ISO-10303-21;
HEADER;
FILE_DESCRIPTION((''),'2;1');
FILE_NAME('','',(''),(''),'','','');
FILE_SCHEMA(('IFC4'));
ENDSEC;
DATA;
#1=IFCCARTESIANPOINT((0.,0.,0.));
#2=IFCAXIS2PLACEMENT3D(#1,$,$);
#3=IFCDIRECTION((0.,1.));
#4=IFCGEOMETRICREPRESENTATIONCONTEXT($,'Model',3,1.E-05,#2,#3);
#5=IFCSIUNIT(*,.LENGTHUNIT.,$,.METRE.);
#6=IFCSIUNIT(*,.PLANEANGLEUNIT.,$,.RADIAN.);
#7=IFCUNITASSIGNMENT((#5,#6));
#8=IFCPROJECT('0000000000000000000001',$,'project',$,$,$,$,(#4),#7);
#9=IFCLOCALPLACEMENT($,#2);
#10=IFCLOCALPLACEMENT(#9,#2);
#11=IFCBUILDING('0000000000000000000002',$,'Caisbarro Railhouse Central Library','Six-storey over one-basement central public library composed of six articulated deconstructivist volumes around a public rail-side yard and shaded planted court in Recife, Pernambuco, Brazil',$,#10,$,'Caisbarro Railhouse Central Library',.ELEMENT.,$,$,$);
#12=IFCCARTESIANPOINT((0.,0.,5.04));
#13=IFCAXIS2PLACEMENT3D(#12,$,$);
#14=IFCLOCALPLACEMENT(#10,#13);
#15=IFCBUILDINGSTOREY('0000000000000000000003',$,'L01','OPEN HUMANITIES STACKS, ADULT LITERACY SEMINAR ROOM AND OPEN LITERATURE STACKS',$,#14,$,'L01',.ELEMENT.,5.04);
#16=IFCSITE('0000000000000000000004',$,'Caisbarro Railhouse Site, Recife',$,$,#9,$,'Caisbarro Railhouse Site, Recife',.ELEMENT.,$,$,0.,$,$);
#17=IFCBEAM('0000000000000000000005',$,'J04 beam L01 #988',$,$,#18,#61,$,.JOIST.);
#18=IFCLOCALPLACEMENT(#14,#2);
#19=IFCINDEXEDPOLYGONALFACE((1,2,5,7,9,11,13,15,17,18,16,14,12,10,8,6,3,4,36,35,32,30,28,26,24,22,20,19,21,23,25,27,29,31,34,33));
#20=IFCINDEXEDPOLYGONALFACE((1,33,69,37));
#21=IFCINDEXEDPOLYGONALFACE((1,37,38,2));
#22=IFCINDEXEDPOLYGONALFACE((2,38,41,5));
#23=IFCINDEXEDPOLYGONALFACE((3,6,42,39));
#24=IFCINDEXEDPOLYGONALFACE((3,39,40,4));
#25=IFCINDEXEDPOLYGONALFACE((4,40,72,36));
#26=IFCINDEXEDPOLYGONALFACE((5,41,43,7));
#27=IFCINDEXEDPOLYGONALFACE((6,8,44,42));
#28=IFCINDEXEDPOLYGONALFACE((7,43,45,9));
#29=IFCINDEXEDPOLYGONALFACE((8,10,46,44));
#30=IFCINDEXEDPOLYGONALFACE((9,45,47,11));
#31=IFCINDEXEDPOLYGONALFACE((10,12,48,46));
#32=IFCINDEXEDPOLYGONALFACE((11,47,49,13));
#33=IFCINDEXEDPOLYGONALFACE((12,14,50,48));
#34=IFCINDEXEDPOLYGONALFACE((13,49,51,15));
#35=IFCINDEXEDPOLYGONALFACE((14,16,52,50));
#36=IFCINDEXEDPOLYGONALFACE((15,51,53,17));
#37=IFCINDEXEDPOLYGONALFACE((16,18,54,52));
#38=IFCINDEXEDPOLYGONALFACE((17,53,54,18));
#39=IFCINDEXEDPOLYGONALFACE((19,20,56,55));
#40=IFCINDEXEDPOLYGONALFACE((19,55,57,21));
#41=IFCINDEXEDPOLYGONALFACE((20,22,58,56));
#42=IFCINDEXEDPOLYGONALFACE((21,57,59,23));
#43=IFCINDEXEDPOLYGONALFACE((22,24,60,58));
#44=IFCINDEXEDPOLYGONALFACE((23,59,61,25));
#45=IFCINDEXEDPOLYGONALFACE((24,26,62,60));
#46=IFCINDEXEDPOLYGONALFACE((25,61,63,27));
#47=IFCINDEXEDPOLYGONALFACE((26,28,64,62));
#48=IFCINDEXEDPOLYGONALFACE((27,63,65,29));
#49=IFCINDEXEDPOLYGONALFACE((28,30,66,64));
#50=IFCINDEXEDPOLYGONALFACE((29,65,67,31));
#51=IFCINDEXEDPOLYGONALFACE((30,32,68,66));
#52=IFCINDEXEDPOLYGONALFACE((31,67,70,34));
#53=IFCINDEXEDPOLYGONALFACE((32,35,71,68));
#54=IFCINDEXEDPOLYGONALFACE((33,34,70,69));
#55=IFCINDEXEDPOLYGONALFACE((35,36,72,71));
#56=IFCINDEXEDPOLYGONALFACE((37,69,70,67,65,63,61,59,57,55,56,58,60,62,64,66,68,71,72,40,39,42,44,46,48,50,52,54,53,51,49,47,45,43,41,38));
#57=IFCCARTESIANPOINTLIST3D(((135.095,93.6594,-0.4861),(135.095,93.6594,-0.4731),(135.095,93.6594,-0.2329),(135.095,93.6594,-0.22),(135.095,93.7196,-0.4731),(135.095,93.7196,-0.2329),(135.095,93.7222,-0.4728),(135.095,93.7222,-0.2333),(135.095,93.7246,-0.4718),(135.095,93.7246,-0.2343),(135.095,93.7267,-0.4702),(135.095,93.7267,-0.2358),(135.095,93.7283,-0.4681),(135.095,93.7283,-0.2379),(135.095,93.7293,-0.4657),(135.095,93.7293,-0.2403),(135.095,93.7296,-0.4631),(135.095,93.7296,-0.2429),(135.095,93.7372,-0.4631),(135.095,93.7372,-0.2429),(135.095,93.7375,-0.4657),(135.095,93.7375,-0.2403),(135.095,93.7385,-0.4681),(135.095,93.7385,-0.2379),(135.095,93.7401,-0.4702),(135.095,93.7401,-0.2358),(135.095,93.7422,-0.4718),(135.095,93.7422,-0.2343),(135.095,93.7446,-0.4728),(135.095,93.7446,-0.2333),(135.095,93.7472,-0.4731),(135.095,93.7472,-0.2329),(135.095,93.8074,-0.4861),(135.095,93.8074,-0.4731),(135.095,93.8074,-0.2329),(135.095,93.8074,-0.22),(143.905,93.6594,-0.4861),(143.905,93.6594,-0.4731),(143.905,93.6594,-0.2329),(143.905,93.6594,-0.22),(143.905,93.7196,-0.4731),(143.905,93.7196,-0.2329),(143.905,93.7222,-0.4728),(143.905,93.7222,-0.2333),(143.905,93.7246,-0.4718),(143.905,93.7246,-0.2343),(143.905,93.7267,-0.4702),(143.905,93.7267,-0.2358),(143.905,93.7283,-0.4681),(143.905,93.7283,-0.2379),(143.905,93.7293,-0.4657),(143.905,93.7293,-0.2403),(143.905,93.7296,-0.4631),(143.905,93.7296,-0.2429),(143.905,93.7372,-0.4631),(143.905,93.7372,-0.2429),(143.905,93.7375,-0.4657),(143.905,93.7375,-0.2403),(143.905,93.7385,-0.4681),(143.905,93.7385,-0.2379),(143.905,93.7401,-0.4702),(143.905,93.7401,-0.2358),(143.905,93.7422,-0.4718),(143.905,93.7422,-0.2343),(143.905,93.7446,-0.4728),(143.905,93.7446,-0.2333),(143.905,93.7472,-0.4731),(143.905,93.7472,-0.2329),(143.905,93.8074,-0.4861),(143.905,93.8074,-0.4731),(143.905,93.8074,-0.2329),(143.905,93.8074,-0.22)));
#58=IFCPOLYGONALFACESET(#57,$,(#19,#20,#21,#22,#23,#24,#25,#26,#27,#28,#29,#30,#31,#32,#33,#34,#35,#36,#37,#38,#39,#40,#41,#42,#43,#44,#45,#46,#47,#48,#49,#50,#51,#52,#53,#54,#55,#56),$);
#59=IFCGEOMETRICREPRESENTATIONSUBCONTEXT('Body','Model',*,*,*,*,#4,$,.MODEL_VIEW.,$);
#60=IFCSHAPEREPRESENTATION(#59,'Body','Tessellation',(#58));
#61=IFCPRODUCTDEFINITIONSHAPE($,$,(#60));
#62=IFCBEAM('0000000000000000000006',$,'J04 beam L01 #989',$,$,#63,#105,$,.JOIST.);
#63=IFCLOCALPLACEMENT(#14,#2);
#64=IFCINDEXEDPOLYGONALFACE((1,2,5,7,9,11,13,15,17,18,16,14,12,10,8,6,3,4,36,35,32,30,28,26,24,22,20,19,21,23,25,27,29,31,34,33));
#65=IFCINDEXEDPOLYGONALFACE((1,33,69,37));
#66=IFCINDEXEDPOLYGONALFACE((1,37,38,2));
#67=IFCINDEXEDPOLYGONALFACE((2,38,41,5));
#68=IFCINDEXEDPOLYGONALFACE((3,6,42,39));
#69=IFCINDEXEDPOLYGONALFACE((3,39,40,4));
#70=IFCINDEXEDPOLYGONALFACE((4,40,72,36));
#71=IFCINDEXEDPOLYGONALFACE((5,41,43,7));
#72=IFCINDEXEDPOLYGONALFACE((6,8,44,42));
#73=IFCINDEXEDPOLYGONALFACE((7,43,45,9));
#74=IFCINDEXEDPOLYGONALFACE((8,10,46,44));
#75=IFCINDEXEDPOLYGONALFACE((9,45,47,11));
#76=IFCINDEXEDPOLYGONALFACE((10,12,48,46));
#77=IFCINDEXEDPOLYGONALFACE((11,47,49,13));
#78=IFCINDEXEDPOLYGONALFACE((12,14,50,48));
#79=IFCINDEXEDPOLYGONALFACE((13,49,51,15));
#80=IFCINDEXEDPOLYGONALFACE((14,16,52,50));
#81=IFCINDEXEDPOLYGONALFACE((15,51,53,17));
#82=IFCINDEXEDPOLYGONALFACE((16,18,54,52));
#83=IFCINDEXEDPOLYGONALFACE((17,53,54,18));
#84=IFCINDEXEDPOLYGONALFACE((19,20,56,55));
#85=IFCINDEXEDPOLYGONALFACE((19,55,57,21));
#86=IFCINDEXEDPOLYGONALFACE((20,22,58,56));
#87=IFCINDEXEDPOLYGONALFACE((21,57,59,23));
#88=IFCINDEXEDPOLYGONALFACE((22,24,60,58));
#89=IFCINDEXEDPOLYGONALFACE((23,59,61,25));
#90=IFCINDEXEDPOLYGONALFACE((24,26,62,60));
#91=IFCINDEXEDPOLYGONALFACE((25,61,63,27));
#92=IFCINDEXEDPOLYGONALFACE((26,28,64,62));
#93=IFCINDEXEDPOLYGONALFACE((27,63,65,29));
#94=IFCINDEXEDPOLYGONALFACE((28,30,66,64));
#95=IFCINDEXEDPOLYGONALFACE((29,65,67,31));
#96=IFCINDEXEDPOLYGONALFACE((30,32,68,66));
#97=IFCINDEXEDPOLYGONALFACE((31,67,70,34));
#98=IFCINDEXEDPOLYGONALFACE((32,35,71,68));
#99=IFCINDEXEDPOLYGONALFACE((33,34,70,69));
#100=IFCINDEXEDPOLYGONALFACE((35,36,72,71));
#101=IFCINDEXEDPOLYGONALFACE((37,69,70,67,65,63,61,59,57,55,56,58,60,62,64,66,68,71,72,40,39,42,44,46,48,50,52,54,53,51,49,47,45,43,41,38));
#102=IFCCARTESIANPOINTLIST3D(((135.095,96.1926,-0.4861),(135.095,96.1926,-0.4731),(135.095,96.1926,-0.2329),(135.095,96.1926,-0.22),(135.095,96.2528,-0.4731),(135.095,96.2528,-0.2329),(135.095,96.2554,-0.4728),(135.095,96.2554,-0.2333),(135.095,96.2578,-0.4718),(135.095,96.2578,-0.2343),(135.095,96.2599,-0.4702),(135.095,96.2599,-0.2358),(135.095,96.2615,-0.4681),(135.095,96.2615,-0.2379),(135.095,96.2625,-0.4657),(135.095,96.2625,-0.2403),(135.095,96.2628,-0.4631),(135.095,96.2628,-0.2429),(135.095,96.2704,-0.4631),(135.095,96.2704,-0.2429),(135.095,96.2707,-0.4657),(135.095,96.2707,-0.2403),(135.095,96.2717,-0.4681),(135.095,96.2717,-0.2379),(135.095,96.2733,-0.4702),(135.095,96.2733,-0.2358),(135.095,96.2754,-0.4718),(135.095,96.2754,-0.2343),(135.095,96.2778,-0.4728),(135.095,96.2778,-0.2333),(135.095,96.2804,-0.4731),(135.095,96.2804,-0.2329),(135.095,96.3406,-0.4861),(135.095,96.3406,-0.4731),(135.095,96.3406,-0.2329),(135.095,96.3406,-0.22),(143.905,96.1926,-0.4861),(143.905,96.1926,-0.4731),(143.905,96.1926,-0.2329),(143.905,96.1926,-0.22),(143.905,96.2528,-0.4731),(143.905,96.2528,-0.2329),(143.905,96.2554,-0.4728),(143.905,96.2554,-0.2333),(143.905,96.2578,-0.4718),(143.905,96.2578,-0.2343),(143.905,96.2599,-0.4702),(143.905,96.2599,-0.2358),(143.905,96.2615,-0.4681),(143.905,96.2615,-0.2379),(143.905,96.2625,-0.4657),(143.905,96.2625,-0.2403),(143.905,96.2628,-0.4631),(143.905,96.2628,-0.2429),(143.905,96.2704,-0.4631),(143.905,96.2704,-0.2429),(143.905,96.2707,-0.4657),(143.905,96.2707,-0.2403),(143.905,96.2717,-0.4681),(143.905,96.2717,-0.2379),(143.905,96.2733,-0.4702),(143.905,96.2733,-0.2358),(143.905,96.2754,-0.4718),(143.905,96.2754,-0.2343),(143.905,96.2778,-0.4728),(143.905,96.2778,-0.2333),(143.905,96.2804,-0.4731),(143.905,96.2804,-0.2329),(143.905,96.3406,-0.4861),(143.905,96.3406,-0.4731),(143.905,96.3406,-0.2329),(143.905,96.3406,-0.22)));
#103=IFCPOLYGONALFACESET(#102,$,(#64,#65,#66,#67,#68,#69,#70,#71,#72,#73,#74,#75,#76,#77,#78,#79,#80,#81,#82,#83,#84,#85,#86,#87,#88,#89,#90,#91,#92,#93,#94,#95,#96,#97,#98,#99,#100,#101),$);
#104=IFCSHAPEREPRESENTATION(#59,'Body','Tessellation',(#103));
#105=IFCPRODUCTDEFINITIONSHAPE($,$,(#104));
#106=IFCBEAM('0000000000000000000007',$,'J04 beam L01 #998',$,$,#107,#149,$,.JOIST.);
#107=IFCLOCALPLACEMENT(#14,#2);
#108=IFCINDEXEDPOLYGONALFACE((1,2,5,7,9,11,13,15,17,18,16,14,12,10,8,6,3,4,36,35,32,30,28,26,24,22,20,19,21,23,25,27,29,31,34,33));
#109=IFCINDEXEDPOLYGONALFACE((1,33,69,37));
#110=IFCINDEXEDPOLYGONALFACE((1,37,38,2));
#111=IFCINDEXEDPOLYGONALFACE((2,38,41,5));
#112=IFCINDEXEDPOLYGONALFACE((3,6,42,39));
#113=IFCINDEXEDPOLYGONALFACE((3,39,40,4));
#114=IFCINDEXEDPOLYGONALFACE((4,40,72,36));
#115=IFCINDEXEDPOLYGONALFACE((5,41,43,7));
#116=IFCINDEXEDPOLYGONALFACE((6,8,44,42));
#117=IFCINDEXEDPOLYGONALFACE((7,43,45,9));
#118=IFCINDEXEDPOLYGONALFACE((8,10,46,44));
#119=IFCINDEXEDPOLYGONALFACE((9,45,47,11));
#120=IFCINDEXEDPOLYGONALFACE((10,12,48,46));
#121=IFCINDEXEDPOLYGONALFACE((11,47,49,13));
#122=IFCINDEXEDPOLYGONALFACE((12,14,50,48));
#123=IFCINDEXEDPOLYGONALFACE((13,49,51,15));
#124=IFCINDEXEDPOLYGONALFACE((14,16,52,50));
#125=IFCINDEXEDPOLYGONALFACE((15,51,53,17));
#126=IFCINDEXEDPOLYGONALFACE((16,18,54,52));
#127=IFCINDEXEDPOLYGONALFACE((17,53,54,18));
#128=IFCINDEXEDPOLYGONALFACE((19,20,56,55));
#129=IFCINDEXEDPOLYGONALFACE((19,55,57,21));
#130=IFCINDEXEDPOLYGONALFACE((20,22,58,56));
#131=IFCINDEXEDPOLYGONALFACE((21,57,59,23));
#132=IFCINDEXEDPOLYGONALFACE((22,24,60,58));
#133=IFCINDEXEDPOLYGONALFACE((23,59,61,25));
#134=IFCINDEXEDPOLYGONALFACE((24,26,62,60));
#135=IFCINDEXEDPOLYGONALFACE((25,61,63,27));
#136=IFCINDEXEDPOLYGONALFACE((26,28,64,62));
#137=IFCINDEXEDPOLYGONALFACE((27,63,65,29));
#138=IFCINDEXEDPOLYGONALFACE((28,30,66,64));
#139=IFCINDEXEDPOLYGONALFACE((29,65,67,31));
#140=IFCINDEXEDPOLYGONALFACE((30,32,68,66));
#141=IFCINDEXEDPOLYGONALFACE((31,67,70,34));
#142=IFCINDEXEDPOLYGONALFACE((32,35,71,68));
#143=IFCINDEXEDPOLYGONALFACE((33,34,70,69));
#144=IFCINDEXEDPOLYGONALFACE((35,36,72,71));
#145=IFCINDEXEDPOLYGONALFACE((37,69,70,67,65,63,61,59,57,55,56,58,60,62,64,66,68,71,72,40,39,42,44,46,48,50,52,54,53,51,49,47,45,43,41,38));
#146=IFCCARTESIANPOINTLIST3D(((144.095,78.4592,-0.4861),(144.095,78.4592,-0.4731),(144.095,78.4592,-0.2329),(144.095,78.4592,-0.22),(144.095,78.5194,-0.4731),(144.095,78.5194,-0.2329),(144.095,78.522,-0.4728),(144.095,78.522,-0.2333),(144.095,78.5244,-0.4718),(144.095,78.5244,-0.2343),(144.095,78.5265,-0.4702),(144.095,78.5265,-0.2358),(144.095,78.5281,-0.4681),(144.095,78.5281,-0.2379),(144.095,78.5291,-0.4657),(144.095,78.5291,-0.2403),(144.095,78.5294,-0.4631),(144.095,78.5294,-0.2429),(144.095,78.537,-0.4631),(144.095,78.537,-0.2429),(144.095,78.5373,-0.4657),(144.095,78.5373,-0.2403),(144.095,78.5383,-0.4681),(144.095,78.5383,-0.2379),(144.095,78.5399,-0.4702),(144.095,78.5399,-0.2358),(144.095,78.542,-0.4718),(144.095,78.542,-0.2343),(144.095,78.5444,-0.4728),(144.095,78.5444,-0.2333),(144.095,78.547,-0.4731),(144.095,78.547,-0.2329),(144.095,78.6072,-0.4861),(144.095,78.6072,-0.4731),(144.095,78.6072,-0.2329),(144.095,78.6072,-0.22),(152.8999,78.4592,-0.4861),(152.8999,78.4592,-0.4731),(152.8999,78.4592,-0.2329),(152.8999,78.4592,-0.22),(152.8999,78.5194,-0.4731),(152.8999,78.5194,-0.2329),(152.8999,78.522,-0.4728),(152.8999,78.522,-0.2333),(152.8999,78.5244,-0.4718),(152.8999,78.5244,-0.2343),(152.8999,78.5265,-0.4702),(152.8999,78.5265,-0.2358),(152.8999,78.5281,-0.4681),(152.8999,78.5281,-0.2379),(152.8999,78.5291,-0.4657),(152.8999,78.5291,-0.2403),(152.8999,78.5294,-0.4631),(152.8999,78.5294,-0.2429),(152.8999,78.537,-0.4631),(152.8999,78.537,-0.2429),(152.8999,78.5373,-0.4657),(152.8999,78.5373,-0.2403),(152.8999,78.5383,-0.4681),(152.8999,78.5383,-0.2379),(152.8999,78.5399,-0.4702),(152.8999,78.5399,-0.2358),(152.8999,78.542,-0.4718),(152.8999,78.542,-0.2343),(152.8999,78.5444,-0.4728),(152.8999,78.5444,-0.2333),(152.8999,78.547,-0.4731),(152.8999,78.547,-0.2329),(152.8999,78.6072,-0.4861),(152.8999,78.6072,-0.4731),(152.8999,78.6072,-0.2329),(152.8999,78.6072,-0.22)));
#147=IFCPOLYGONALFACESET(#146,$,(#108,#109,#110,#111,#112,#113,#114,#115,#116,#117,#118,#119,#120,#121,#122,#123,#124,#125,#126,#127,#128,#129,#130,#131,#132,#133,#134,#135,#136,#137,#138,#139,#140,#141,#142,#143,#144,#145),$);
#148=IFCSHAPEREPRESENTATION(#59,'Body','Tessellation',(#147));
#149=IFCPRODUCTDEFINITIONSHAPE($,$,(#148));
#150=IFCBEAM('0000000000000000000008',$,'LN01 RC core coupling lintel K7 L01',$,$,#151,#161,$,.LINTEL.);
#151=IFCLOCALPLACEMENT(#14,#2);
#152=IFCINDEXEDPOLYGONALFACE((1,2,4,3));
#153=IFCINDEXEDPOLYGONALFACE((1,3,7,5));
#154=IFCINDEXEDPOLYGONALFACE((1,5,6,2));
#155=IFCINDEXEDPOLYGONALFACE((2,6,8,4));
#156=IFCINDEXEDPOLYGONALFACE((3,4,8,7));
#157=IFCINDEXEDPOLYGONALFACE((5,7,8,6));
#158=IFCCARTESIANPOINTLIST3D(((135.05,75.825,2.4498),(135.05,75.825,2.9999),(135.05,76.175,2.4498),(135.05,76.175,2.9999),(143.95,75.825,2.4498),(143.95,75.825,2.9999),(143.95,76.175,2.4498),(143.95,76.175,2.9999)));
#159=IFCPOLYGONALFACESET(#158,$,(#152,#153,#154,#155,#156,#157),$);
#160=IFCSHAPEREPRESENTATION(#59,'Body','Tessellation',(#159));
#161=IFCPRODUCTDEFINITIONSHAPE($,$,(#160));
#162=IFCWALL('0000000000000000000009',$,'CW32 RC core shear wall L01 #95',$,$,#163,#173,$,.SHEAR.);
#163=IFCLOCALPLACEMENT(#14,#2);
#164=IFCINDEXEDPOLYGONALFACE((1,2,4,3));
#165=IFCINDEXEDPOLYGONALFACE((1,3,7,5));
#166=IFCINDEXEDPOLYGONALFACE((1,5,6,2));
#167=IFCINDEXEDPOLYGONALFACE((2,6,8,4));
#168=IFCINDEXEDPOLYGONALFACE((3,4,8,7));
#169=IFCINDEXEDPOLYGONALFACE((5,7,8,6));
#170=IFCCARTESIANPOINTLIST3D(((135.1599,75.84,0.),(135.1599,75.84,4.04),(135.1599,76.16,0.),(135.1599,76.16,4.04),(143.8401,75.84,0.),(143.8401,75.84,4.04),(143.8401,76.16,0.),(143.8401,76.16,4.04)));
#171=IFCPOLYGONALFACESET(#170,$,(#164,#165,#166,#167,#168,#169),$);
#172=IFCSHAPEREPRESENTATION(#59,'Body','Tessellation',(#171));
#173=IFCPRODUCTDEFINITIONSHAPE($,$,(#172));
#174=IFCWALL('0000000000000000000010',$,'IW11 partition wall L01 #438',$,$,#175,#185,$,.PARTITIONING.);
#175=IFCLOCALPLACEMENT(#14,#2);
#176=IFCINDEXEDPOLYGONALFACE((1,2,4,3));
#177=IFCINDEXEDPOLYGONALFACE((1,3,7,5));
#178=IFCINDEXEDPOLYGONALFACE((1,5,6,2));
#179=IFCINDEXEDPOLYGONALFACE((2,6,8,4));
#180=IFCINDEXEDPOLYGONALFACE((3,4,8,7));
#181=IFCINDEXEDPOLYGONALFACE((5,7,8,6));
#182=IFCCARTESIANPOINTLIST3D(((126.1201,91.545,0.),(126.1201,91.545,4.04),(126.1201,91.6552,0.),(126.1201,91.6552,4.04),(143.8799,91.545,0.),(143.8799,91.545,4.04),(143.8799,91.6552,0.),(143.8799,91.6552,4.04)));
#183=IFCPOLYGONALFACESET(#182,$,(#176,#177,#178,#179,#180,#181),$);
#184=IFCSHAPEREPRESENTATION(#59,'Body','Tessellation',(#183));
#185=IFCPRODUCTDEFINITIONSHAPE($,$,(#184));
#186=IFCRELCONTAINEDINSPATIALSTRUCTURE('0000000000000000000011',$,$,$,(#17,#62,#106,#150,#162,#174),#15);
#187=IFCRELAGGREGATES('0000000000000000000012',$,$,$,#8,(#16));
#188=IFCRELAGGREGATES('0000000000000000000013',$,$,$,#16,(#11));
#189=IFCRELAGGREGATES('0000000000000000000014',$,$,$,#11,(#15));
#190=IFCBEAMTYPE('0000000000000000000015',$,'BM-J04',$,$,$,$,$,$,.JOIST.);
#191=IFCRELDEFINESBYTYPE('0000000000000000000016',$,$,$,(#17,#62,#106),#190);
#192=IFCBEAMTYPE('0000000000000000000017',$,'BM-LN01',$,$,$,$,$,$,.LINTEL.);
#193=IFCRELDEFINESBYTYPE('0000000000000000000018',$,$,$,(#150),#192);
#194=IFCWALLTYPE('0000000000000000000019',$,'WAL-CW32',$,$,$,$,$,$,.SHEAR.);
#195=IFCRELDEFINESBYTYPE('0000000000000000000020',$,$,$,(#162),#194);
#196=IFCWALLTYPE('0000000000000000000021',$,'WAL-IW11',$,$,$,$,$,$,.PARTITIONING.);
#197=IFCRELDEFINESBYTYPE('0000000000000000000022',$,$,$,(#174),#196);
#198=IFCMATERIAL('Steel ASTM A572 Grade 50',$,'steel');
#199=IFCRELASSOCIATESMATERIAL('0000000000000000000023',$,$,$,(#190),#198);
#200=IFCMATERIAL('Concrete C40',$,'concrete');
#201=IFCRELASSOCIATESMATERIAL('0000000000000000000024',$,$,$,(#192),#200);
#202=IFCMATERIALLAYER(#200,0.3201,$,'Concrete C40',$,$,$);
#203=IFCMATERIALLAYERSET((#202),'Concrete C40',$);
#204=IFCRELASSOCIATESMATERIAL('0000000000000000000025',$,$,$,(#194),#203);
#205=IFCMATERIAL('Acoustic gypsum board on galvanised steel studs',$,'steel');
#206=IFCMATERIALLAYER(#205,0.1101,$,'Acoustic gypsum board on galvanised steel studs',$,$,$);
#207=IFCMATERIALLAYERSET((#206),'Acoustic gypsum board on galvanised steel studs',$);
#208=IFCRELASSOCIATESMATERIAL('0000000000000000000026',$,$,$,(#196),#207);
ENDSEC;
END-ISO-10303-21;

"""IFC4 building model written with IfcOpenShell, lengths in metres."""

from ifc_helpers import new_model, si_unit, direction, frame, frame_2d, origin, origin_2d, place, context, subcontext, project, spatial, rectangle, i_section, extrude, material, layer, layer_set, material_profile, profile_set, type_object, element, save


model = new_model("IFC4")

# Units and contexts
model_context = context("Model", 3, precision=1e-05, world=origin(), true_north=direction((0.0, 1.0)))
body_context = subcontext(model_context, "Body", "Model", "MODEL_VIEW")
ifc_project = project(units=[si_unit("LENGTHUNIT", "METRE"), si_unit("PLANEANGLEUNIT", "RADIAN")], contexts=[model_context])

# Site, building, storey
site_placement = place(None, origin())
site = spatial("IfcSite", under=ifc_project, at=site_placement, Name="Caisbarro Railhouse Site, Recife", LongName="Caisbarro Railhouse Site, Recife", CompositionType="ELEMENT", RefElevation=0.0)
building_placement = place(site_placement, origin())
building = spatial("IfcBuilding", under=site, at=building_placement, Name="Caisbarro Railhouse Central Library", Description="Six-storey over one-basement central public library composed of six articulated deconstructivist volumes around a public rail-side yard and shaded planted court in Recife, Pernambuco, Brazil", LongName="Caisbarro Railhouse Central Library", CompositionType="ELEMENT")
storey_placement = place(building_placement, frame((0.0, 0.0, 5.04)))
storey = spatial("IfcBuildingStorey", under=building, at=storey_placement, Name="L01", Description="OPEN HUMANITIES STACKS, ADULT LITERACY SEMINAR ROOM AND OPEN LITERATURE STACKS", LongName="L01", CompositionType="ELEMENT", Elevation=5.04)

# Shared definitions
ifc_material_1 = material(Name="Steel ASTM A572 Grade 50", Category="steel")

# Beams
ifc_material_profile_1 = material_profile(ifc_material_1, i_section(OverallWidth=0.1479, OverallDepth=0.2661, WebThickness=0.0076, FlangeThickness=0.0129, FilletRadius=0.01, at=origin_2d()), Name="W250X44.8")
ifc_profile_set_1 = profile_set([ifc_material_profile_1], Name="Steel ASTM A572 Grade 50")
beam_type_1 = type_object("IfcBeamType", Name="BM-J04", PredefinedType="JOIST", material=ifc_profile_set_1)
for number, where, z_axis, x_axis, name in (
    (1, (135.095, 93.7334, -0.353), (1.0, 0.0, 0.0), (0.0, 1.0, 0.0), "J04 beam L01 #988"),
    (2, (135.095, 96.2666, -0.353), (1.0, 0.0, 0.0), (0.0, 1.0, 0.0), "J04 beam L01 #989"),
):
    element("IfcBeam", number, at=place(storey_placement, frame(where, z_axis=z_axis, x_axis=x_axis)), inside=storey, type_object=beam_type_1, Name=name, PredefinedType="JOIST", context=body_context, shape_type="SweptSolid", body=[
        extrude(i_section(OverallWidth=0.1479, OverallDepth=0.2661, WebThickness=0.0076, FlangeThickness=0.0129, FilletRadius=0.01, at=origin_2d()), origin(), (0.0, 0.0, 1.0), 8.8101),
    ])
beam_1_placement = place(storey_placement, frame((144.095, 78.5332, -0.353), z_axis=(1.0, 0.0, 0.0), x_axis=(0.0, 1.0, 0.0)))
element("IfcBeam", 3, at=beam_1_placement, inside=storey, type_object=beam_type_1, Name="J04 beam L01 #998", PredefinedType="JOIST", context=body_context, shape_type="SweptSolid", body=[
    extrude(i_section(OverallWidth=0.1479, OverallDepth=0.2661, WebThickness=0.0076, FlangeThickness=0.0129, FilletRadius=0.01, at=origin_2d()), origin(), (0.0, 0.0, 1.0), 8.8049),
])
ifc_material_2 = material(Name="Concrete C40", Category="concrete")
ifc_material_profile_2 = material_profile(ifc_material_2, rectangle(XDim=0.3501, YDim=0.55, at=origin_2d()), Name="RC-LIN-350X550")
ifc_profile_set_2 = profile_set([ifc_material_profile_2], Name="Concrete C40")
beam_type_2 = type_object("IfcBeamType", Name="BM-LN01", PredefinedType="LINTEL", material=ifc_profile_set_2)
beam_2_placement = place(storey_placement, frame((135.05, 76.0, 2.7249), z_axis=(1.0, 0.0, 0.0), x_axis=(0.0, 1.0, 0.0)))
element("IfcBeam", 4, at=beam_2_placement, inside=storey, type_object=beam_type_2, Name="LN01 RC core coupling lintel K7 L01", PredefinedType="LINTEL", context=body_context, shape_type="SweptSolid", body=[
    extrude(rectangle(XDim=0.3501, YDim=0.55, at=origin_2d()), origin(), (0.0, 0.0, 1.0), 8.8999),
])

# Walls
ifc_layer_1 = layer(ifc_material_2, 0.3201, Name="Concrete C40")
ifc_layer_set_1 = layer_set([ifc_layer_1], Name="Concrete C40")
wall_type_1 = type_object("IfcWallType", Name="WAL-CW32", PredefinedType="SHEAR", material=ifc_layer_set_1)
wall_1_placement = place(storey_placement, frame((135.1599, 76.0, 0.0), z_axis=(0.0, 0.0, 1.0), x_axis=(1.0, 0.0, 0.0)))
element("IfcWall", 5, at=wall_1_placement, inside=storey, type_object=wall_type_1, Name="CW32 RC core shear wall L01 #95", PredefinedType="SHEAR", context=body_context, shape_type="SweptSolid", body=[
    extrude(rectangle(XDim=8.6802, YDim=0.3201, at=frame_2d((4.3401, 0.0))), origin(), (0.0, 0.0, 1.0), 4.04),
])
ifc_material_3 = material(Name="Acoustic gypsum board on galvanised steel studs", Category="steel")
ifc_layer_2 = layer(ifc_material_3, 0.1101, Name="Acoustic gypsum board on galvanised steel studs")
ifc_layer_set_2 = layer_set([ifc_layer_2], Name="Acoustic gypsum board on galvanised steel studs")
wall_type_2 = type_object("IfcWallType", Name="WAL-IW11", PredefinedType="PARTITIONING", material=ifc_layer_set_2)
wall_2_placement = place(storey_placement, frame((126.1201, 91.6001, 0.0), z_axis=(0.0, 0.0, 1.0), x_axis=(1.0, 0.0, 0.0)))
element("IfcWall", 6, at=wall_2_placement, inside=storey, type_object=wall_type_2, Name="IW11 partition wall L01 #438", PredefinedType="PARTITIONING", context=body_context, shape_type="SweptSolid", body=[
    extrude(rectangle(XDim=17.7598, YDim=0.1101, at=frame_2d((8.8799, 0.0))), origin(), (0.0, 0.0, 1.0), 4.04),
])

save(model, "model.ifc")
